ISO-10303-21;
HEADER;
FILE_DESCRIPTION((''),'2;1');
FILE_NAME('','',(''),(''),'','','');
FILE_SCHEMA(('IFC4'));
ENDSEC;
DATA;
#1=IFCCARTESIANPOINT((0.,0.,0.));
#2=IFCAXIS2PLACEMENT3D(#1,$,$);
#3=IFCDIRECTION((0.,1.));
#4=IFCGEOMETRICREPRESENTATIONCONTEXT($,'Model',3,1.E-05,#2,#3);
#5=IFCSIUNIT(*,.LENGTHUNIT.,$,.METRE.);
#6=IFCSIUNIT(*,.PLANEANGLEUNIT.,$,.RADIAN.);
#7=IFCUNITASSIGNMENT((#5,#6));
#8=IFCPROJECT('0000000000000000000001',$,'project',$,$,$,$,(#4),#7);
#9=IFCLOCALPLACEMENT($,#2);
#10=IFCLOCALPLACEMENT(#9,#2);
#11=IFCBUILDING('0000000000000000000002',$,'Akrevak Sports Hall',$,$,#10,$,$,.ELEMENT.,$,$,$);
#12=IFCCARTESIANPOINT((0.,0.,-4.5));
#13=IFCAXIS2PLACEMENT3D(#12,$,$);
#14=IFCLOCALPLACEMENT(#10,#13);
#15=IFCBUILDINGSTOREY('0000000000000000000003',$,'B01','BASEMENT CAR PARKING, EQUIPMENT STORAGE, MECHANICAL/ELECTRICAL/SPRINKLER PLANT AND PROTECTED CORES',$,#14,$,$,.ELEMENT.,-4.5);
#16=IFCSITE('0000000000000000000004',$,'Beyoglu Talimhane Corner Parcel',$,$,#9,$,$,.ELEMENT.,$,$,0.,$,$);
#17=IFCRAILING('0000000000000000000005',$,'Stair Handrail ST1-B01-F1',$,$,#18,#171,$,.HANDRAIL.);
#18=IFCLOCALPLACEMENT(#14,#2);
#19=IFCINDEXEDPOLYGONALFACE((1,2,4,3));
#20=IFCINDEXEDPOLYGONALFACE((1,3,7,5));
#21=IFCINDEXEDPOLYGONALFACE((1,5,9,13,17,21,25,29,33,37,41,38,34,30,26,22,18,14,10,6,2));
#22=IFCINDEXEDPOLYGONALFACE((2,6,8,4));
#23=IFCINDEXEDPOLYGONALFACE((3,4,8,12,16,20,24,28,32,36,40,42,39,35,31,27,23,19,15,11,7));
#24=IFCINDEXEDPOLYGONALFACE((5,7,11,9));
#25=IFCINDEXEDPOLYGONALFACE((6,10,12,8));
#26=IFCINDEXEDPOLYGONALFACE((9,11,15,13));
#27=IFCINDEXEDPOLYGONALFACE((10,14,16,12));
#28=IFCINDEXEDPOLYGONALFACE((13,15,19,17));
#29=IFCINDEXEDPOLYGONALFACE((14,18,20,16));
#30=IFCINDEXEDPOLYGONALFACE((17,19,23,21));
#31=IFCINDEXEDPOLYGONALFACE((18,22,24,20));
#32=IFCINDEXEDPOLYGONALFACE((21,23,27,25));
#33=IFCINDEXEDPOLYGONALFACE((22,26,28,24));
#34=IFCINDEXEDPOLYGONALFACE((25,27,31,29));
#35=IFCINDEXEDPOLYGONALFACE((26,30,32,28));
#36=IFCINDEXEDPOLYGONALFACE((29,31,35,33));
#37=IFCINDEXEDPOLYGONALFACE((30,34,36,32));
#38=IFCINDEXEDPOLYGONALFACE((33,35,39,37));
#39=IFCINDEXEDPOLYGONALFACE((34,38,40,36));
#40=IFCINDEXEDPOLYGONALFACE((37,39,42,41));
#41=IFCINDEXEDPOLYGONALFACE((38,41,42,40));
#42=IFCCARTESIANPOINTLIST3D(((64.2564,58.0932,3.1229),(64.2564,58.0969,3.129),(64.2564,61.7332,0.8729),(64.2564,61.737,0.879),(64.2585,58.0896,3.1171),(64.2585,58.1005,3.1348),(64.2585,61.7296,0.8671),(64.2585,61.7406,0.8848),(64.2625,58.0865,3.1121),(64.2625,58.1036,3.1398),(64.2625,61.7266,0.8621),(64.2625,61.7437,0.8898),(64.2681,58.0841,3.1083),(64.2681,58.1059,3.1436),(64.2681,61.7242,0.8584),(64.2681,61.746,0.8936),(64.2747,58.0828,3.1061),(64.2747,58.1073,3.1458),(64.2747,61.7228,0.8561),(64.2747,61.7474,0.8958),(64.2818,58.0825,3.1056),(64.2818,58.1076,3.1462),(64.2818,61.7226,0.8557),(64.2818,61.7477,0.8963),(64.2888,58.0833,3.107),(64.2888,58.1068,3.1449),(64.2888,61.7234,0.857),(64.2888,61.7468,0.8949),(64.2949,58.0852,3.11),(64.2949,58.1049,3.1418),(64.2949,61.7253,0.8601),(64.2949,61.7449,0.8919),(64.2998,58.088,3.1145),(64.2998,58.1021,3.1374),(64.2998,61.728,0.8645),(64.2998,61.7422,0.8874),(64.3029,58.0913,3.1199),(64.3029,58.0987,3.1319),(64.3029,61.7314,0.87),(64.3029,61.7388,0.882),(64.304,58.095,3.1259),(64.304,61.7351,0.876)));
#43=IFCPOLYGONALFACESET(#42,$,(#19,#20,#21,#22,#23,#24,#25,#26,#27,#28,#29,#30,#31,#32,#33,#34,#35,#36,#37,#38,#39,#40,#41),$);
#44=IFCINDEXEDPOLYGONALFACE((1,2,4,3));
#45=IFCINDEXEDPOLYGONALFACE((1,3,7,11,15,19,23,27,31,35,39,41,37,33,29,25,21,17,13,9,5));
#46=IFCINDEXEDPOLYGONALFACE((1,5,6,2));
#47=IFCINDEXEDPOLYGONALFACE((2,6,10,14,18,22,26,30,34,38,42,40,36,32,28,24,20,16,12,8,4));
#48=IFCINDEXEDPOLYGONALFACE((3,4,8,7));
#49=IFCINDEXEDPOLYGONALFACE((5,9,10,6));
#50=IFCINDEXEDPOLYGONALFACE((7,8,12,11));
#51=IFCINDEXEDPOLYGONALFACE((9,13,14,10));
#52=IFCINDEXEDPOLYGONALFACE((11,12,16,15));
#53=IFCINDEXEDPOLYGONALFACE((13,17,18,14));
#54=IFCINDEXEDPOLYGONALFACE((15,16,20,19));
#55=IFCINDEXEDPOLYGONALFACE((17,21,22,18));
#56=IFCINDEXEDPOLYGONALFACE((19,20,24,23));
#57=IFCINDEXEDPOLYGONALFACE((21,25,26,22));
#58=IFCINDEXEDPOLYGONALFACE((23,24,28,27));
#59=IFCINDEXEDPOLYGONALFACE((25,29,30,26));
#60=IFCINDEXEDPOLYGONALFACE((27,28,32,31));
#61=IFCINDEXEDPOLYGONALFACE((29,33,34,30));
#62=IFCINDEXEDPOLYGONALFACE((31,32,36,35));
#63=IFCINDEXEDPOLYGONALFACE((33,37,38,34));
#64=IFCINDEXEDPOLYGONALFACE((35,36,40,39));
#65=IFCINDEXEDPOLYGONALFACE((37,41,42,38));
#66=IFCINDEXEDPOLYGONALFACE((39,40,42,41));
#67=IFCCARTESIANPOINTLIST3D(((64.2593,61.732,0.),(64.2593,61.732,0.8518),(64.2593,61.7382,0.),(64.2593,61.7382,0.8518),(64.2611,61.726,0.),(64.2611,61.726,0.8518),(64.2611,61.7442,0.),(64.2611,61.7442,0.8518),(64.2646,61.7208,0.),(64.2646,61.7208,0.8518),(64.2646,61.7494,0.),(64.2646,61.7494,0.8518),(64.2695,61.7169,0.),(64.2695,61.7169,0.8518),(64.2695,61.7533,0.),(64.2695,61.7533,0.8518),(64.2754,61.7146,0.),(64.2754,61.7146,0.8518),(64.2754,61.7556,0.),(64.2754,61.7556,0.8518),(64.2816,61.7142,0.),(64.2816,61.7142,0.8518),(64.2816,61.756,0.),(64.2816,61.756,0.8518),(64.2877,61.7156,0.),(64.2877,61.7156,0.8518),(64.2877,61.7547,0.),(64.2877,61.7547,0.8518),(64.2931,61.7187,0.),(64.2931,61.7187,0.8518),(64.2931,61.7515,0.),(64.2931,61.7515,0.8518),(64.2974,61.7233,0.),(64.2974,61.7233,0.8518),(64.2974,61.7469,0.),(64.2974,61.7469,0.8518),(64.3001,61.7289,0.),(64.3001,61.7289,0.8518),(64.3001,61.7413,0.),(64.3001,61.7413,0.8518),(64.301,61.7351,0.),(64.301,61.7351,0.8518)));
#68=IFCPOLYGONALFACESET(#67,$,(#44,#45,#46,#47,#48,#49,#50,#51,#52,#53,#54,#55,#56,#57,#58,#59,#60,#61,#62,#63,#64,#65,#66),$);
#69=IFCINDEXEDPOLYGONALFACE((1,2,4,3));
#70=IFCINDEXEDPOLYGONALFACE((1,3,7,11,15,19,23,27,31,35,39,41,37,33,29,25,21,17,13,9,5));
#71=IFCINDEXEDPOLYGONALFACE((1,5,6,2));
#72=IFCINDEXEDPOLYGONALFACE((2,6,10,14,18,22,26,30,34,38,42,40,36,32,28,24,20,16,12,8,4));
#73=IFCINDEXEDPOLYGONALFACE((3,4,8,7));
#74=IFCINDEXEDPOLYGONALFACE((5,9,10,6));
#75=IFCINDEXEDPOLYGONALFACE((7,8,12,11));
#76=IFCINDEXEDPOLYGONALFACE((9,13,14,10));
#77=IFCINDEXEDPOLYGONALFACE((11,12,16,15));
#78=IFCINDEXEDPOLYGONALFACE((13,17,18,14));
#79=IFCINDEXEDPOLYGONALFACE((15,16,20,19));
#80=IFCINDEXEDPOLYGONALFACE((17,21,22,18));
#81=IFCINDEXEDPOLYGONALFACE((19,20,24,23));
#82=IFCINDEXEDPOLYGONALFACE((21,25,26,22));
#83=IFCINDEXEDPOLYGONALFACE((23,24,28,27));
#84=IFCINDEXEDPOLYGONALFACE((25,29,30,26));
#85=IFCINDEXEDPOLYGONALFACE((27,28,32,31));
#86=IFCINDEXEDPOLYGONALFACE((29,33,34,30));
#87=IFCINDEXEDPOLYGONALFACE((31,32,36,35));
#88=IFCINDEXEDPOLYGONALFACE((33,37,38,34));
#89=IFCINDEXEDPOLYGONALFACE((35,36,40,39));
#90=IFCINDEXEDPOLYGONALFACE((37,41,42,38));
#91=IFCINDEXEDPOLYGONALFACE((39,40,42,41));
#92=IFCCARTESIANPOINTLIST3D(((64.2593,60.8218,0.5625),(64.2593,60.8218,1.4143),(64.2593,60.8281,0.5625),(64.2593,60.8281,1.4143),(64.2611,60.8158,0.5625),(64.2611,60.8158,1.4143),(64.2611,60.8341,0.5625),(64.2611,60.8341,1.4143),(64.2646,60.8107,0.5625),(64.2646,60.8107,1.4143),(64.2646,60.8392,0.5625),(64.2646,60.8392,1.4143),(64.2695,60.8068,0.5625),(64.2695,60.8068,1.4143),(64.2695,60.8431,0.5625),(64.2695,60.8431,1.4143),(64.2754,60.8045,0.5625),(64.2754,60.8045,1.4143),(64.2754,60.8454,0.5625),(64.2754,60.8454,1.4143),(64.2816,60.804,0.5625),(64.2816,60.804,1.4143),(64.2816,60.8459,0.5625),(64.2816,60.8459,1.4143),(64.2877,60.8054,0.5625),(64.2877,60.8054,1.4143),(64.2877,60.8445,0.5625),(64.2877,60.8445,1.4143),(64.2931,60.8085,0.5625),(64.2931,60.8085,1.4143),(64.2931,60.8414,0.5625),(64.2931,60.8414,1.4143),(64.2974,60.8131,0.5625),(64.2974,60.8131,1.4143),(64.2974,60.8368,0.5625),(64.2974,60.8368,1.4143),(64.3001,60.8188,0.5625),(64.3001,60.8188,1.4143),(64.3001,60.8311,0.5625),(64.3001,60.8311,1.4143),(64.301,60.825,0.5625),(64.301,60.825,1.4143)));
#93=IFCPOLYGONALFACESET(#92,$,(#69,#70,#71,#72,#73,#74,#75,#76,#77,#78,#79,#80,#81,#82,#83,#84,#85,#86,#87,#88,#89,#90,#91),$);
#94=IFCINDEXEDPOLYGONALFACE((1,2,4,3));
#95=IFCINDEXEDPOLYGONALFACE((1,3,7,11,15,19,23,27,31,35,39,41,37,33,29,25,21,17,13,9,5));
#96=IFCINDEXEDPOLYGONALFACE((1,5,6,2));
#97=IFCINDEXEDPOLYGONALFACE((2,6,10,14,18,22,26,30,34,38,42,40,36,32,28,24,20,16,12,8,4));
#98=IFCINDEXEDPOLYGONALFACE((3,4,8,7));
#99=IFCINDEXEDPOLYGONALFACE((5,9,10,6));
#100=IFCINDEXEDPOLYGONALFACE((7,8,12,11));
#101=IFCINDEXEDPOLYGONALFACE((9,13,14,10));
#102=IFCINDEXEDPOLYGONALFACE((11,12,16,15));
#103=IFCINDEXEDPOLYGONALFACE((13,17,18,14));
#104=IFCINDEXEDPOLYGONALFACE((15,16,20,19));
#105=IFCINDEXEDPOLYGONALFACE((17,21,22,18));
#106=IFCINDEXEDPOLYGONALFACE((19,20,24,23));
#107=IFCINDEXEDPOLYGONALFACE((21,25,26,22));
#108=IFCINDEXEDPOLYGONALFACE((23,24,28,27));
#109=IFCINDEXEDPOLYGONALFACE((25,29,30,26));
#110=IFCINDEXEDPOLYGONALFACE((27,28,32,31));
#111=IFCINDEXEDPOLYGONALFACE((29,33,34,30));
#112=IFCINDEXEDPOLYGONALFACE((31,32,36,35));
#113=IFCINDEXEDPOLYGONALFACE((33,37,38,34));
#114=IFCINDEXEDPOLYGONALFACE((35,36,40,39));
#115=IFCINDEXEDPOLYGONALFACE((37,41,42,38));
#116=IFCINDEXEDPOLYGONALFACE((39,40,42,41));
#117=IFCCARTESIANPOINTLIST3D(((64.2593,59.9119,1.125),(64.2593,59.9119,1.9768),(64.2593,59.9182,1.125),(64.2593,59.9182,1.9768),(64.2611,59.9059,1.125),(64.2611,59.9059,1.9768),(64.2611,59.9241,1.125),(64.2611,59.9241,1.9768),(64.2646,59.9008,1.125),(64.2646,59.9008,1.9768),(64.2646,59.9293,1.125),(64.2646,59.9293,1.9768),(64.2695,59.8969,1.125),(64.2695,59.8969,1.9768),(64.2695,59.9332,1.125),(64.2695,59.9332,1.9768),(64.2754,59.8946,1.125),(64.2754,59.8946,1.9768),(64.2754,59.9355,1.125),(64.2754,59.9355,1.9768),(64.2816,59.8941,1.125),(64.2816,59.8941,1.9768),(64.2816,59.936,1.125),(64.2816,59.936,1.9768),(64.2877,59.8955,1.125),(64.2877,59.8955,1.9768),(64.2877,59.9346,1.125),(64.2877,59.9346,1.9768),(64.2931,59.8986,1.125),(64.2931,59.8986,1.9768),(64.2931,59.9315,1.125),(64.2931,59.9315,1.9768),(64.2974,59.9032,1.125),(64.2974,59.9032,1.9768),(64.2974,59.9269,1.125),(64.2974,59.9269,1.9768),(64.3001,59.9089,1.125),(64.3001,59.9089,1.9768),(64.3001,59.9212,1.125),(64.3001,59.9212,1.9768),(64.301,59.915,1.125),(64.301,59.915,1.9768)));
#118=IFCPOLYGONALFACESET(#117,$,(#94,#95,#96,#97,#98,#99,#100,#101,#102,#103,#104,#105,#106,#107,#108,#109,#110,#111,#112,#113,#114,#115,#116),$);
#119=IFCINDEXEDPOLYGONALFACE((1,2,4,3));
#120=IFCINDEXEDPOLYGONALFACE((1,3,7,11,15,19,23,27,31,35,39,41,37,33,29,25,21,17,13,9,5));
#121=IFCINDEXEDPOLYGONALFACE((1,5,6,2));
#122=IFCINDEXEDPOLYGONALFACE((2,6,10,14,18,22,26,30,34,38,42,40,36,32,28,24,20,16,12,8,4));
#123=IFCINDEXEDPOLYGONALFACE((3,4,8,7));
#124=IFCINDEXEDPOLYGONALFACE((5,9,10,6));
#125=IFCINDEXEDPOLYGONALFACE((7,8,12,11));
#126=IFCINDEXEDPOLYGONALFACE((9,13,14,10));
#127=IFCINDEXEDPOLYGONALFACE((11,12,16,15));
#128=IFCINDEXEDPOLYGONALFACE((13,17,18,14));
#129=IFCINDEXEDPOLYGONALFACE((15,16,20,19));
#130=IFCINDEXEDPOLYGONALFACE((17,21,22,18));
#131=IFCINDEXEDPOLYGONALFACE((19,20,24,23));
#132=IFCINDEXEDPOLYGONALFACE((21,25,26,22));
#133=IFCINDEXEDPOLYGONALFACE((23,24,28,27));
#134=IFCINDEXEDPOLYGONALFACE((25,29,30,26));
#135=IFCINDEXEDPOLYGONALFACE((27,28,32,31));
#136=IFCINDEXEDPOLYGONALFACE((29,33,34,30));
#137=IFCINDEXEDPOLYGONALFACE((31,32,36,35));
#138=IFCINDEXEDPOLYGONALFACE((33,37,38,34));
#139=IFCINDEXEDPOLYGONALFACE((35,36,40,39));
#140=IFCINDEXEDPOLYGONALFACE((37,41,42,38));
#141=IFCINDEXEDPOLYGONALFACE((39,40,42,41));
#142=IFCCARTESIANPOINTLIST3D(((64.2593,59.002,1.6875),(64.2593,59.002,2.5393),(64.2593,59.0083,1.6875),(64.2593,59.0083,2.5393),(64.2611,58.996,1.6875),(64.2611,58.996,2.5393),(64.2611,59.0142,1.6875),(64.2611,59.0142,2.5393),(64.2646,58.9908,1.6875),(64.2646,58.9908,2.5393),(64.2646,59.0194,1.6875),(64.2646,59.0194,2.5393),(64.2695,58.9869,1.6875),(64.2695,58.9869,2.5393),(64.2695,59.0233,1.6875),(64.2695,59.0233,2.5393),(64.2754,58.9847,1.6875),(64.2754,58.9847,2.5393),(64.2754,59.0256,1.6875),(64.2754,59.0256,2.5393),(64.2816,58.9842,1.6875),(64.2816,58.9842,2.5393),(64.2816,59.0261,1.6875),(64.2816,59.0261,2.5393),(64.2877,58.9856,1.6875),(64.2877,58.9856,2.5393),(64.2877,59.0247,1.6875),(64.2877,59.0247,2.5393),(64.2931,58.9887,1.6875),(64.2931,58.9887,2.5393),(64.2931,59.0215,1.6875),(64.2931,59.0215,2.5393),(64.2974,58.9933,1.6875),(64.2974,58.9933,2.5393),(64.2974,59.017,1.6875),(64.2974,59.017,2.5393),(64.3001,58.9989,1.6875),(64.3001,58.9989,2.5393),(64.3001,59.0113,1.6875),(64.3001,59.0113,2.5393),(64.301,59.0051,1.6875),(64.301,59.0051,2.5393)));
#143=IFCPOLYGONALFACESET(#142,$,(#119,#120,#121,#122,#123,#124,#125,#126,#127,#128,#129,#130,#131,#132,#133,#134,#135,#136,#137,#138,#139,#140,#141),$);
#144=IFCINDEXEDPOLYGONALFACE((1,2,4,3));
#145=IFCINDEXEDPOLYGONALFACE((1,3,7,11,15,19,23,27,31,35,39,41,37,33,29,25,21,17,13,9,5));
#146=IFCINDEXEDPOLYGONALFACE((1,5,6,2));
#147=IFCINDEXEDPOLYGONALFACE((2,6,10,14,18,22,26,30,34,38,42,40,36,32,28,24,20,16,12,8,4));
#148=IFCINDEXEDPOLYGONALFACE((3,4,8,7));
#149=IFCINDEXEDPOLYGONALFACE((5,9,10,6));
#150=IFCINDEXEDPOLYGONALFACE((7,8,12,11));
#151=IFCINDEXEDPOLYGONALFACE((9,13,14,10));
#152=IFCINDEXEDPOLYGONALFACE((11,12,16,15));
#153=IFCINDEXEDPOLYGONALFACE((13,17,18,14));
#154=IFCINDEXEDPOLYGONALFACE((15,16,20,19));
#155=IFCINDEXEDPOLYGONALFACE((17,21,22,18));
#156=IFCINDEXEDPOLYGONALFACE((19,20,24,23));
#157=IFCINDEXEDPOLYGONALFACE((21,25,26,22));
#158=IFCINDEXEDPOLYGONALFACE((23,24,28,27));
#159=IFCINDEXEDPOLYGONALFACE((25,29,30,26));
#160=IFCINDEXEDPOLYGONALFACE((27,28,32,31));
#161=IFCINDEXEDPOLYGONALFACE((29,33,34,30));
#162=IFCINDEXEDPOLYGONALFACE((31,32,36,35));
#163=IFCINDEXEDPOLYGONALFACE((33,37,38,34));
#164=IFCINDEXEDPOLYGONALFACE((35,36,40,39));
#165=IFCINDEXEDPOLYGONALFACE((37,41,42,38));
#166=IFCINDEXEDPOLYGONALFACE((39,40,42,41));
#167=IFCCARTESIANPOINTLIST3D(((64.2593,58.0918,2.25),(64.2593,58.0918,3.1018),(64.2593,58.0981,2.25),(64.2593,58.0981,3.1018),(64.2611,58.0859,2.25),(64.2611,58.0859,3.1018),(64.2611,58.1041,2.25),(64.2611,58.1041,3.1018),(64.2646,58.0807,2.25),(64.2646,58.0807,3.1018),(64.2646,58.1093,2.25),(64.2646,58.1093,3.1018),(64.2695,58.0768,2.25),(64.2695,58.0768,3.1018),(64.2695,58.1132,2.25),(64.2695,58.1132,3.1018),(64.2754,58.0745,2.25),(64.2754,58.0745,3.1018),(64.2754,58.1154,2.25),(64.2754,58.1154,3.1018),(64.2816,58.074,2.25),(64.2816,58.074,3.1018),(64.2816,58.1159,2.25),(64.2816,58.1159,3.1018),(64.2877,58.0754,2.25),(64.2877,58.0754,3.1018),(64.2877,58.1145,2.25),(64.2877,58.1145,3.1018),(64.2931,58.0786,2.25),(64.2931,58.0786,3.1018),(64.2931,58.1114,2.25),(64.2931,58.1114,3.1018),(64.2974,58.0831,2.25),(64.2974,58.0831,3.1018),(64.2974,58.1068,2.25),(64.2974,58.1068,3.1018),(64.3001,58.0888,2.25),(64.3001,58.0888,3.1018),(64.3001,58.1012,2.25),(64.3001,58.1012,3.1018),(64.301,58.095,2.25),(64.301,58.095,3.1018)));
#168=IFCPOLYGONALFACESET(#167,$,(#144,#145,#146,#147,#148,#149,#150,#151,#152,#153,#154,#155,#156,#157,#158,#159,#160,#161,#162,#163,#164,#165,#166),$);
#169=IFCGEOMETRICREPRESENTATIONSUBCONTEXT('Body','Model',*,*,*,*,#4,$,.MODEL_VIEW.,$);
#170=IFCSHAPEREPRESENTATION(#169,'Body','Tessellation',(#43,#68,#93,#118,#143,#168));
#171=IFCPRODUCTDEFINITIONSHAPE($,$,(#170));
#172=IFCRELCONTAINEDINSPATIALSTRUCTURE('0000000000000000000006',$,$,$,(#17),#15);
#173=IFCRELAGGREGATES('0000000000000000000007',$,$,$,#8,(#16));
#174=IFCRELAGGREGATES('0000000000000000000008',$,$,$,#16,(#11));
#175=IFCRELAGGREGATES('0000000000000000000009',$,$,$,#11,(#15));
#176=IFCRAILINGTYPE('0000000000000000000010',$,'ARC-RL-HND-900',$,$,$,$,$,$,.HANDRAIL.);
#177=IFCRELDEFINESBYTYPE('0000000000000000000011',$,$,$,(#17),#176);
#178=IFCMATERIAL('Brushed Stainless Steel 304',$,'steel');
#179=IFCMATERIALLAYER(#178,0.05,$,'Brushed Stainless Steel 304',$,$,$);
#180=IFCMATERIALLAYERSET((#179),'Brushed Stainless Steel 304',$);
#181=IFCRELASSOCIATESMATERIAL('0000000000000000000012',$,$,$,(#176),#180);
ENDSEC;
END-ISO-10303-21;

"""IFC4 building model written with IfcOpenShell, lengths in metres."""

from ifc_helpers import new_model, si_unit, direction, frame, origin, origin_2d, place, context, subcontext, project, spatial, circle, extrude, material, layer, layer_set, type_object, element, save


model = new_model("IFC4")

# Units and contexts
model_context = context("Model", 3, precision=1e-05, world=origin(), true_north=direction((0.0, 1.0)))
body_context = subcontext(model_context, "Body", "Model", "MODEL_VIEW")
ifc_project = project(units=[si_unit("LENGTHUNIT", "METRE"), si_unit("PLANEANGLEUNIT", "RADIAN")], contexts=[model_context])

# Site, building, storey
site_placement = place(None, origin())
site = spatial("IfcSite", under=ifc_project, at=site_placement, Name="Beyoglu Talimhane Corner Parcel", CompositionType="ELEMENT", RefElevation=0.0)
building_placement = place(site_placement, origin())
building = spatial("IfcBuilding", under=site, at=building_placement, Name="Akrevak Sports Hall", CompositionType="ELEMENT")
storey_placement = place(building_placement, frame((0.0, 0.0, -4.5)))
storey = spatial("IfcBuildingStorey", under=building, at=storey_placement, Name="B01", Description="BASEMENT CAR PARKING, EQUIPMENT STORAGE, MECHANICAL/ELECTRICAL/SPRINKLER PLANT AND PROTECTED CORES", CompositionType="ELEMENT", Elevation=-4.5)

# Railing
ifc_material_1 = material(Name="Brushed Stainless Steel 304", Category="steel")
ifc_layer_1 = layer(ifc_material_1, 0.05, Name="Brushed Stainless Steel 304")
ifc_layer_set_1 = layer_set([ifc_layer_1], Name="Brushed Stainless Steel 304")
railing_type_1 = type_object("IfcRailingType", Name="ARC-RL-HND-900", PredefinedType="HANDRAIL", material=ifc_layer_set_1)
railing_1_placement = place(storey_placement, frame((64.28, 61.7351, 0.0)))
element("IfcRailing", 1, at=railing_1_placement, inside=storey, type_object=railing_type_1, Name="Stair Handrail ST1-B01-F1", PredefinedType="HANDRAIL", context=body_context, shape_type="SweptSolid", body=[
    extrude(circle(Radius=0.0239, at=origin_2d()), frame((0.0, 0.0, 0.876), z_axis=(0.0, -0.850622, 0.525777), x_axis=(1.0, 0.0, 0.0)), (0.0, 0.0, 1.0), 4.2793),
    extrude(circle(Radius=0.021, at=origin_2d()), origin(), (0.0, 0.0, 1.0), 0.8518),
    extrude(circle(Radius=0.021, at=origin_2d()), frame((0.0, -0.9102, 0.5625)), (0.0, 0.0, 1.0), 0.8518),
    extrude(circle(Radius=0.021, at=origin_2d()), frame((0.0, -1.8201, 1.125)), (0.0, 0.0, 1.0), 0.8518),
    extrude(circle(Radius=0.021, at=origin_2d()), frame((0.0, -2.73, 1.6875)), (0.0, 0.0, 1.0), 0.8518),
    extrude(circle(Radius=0.021, at=origin_2d()), frame((0.0, -3.6401, 2.25)), (0.0, 0.0, 1.0), 0.8518),
])

save(model, "model.ifc")
